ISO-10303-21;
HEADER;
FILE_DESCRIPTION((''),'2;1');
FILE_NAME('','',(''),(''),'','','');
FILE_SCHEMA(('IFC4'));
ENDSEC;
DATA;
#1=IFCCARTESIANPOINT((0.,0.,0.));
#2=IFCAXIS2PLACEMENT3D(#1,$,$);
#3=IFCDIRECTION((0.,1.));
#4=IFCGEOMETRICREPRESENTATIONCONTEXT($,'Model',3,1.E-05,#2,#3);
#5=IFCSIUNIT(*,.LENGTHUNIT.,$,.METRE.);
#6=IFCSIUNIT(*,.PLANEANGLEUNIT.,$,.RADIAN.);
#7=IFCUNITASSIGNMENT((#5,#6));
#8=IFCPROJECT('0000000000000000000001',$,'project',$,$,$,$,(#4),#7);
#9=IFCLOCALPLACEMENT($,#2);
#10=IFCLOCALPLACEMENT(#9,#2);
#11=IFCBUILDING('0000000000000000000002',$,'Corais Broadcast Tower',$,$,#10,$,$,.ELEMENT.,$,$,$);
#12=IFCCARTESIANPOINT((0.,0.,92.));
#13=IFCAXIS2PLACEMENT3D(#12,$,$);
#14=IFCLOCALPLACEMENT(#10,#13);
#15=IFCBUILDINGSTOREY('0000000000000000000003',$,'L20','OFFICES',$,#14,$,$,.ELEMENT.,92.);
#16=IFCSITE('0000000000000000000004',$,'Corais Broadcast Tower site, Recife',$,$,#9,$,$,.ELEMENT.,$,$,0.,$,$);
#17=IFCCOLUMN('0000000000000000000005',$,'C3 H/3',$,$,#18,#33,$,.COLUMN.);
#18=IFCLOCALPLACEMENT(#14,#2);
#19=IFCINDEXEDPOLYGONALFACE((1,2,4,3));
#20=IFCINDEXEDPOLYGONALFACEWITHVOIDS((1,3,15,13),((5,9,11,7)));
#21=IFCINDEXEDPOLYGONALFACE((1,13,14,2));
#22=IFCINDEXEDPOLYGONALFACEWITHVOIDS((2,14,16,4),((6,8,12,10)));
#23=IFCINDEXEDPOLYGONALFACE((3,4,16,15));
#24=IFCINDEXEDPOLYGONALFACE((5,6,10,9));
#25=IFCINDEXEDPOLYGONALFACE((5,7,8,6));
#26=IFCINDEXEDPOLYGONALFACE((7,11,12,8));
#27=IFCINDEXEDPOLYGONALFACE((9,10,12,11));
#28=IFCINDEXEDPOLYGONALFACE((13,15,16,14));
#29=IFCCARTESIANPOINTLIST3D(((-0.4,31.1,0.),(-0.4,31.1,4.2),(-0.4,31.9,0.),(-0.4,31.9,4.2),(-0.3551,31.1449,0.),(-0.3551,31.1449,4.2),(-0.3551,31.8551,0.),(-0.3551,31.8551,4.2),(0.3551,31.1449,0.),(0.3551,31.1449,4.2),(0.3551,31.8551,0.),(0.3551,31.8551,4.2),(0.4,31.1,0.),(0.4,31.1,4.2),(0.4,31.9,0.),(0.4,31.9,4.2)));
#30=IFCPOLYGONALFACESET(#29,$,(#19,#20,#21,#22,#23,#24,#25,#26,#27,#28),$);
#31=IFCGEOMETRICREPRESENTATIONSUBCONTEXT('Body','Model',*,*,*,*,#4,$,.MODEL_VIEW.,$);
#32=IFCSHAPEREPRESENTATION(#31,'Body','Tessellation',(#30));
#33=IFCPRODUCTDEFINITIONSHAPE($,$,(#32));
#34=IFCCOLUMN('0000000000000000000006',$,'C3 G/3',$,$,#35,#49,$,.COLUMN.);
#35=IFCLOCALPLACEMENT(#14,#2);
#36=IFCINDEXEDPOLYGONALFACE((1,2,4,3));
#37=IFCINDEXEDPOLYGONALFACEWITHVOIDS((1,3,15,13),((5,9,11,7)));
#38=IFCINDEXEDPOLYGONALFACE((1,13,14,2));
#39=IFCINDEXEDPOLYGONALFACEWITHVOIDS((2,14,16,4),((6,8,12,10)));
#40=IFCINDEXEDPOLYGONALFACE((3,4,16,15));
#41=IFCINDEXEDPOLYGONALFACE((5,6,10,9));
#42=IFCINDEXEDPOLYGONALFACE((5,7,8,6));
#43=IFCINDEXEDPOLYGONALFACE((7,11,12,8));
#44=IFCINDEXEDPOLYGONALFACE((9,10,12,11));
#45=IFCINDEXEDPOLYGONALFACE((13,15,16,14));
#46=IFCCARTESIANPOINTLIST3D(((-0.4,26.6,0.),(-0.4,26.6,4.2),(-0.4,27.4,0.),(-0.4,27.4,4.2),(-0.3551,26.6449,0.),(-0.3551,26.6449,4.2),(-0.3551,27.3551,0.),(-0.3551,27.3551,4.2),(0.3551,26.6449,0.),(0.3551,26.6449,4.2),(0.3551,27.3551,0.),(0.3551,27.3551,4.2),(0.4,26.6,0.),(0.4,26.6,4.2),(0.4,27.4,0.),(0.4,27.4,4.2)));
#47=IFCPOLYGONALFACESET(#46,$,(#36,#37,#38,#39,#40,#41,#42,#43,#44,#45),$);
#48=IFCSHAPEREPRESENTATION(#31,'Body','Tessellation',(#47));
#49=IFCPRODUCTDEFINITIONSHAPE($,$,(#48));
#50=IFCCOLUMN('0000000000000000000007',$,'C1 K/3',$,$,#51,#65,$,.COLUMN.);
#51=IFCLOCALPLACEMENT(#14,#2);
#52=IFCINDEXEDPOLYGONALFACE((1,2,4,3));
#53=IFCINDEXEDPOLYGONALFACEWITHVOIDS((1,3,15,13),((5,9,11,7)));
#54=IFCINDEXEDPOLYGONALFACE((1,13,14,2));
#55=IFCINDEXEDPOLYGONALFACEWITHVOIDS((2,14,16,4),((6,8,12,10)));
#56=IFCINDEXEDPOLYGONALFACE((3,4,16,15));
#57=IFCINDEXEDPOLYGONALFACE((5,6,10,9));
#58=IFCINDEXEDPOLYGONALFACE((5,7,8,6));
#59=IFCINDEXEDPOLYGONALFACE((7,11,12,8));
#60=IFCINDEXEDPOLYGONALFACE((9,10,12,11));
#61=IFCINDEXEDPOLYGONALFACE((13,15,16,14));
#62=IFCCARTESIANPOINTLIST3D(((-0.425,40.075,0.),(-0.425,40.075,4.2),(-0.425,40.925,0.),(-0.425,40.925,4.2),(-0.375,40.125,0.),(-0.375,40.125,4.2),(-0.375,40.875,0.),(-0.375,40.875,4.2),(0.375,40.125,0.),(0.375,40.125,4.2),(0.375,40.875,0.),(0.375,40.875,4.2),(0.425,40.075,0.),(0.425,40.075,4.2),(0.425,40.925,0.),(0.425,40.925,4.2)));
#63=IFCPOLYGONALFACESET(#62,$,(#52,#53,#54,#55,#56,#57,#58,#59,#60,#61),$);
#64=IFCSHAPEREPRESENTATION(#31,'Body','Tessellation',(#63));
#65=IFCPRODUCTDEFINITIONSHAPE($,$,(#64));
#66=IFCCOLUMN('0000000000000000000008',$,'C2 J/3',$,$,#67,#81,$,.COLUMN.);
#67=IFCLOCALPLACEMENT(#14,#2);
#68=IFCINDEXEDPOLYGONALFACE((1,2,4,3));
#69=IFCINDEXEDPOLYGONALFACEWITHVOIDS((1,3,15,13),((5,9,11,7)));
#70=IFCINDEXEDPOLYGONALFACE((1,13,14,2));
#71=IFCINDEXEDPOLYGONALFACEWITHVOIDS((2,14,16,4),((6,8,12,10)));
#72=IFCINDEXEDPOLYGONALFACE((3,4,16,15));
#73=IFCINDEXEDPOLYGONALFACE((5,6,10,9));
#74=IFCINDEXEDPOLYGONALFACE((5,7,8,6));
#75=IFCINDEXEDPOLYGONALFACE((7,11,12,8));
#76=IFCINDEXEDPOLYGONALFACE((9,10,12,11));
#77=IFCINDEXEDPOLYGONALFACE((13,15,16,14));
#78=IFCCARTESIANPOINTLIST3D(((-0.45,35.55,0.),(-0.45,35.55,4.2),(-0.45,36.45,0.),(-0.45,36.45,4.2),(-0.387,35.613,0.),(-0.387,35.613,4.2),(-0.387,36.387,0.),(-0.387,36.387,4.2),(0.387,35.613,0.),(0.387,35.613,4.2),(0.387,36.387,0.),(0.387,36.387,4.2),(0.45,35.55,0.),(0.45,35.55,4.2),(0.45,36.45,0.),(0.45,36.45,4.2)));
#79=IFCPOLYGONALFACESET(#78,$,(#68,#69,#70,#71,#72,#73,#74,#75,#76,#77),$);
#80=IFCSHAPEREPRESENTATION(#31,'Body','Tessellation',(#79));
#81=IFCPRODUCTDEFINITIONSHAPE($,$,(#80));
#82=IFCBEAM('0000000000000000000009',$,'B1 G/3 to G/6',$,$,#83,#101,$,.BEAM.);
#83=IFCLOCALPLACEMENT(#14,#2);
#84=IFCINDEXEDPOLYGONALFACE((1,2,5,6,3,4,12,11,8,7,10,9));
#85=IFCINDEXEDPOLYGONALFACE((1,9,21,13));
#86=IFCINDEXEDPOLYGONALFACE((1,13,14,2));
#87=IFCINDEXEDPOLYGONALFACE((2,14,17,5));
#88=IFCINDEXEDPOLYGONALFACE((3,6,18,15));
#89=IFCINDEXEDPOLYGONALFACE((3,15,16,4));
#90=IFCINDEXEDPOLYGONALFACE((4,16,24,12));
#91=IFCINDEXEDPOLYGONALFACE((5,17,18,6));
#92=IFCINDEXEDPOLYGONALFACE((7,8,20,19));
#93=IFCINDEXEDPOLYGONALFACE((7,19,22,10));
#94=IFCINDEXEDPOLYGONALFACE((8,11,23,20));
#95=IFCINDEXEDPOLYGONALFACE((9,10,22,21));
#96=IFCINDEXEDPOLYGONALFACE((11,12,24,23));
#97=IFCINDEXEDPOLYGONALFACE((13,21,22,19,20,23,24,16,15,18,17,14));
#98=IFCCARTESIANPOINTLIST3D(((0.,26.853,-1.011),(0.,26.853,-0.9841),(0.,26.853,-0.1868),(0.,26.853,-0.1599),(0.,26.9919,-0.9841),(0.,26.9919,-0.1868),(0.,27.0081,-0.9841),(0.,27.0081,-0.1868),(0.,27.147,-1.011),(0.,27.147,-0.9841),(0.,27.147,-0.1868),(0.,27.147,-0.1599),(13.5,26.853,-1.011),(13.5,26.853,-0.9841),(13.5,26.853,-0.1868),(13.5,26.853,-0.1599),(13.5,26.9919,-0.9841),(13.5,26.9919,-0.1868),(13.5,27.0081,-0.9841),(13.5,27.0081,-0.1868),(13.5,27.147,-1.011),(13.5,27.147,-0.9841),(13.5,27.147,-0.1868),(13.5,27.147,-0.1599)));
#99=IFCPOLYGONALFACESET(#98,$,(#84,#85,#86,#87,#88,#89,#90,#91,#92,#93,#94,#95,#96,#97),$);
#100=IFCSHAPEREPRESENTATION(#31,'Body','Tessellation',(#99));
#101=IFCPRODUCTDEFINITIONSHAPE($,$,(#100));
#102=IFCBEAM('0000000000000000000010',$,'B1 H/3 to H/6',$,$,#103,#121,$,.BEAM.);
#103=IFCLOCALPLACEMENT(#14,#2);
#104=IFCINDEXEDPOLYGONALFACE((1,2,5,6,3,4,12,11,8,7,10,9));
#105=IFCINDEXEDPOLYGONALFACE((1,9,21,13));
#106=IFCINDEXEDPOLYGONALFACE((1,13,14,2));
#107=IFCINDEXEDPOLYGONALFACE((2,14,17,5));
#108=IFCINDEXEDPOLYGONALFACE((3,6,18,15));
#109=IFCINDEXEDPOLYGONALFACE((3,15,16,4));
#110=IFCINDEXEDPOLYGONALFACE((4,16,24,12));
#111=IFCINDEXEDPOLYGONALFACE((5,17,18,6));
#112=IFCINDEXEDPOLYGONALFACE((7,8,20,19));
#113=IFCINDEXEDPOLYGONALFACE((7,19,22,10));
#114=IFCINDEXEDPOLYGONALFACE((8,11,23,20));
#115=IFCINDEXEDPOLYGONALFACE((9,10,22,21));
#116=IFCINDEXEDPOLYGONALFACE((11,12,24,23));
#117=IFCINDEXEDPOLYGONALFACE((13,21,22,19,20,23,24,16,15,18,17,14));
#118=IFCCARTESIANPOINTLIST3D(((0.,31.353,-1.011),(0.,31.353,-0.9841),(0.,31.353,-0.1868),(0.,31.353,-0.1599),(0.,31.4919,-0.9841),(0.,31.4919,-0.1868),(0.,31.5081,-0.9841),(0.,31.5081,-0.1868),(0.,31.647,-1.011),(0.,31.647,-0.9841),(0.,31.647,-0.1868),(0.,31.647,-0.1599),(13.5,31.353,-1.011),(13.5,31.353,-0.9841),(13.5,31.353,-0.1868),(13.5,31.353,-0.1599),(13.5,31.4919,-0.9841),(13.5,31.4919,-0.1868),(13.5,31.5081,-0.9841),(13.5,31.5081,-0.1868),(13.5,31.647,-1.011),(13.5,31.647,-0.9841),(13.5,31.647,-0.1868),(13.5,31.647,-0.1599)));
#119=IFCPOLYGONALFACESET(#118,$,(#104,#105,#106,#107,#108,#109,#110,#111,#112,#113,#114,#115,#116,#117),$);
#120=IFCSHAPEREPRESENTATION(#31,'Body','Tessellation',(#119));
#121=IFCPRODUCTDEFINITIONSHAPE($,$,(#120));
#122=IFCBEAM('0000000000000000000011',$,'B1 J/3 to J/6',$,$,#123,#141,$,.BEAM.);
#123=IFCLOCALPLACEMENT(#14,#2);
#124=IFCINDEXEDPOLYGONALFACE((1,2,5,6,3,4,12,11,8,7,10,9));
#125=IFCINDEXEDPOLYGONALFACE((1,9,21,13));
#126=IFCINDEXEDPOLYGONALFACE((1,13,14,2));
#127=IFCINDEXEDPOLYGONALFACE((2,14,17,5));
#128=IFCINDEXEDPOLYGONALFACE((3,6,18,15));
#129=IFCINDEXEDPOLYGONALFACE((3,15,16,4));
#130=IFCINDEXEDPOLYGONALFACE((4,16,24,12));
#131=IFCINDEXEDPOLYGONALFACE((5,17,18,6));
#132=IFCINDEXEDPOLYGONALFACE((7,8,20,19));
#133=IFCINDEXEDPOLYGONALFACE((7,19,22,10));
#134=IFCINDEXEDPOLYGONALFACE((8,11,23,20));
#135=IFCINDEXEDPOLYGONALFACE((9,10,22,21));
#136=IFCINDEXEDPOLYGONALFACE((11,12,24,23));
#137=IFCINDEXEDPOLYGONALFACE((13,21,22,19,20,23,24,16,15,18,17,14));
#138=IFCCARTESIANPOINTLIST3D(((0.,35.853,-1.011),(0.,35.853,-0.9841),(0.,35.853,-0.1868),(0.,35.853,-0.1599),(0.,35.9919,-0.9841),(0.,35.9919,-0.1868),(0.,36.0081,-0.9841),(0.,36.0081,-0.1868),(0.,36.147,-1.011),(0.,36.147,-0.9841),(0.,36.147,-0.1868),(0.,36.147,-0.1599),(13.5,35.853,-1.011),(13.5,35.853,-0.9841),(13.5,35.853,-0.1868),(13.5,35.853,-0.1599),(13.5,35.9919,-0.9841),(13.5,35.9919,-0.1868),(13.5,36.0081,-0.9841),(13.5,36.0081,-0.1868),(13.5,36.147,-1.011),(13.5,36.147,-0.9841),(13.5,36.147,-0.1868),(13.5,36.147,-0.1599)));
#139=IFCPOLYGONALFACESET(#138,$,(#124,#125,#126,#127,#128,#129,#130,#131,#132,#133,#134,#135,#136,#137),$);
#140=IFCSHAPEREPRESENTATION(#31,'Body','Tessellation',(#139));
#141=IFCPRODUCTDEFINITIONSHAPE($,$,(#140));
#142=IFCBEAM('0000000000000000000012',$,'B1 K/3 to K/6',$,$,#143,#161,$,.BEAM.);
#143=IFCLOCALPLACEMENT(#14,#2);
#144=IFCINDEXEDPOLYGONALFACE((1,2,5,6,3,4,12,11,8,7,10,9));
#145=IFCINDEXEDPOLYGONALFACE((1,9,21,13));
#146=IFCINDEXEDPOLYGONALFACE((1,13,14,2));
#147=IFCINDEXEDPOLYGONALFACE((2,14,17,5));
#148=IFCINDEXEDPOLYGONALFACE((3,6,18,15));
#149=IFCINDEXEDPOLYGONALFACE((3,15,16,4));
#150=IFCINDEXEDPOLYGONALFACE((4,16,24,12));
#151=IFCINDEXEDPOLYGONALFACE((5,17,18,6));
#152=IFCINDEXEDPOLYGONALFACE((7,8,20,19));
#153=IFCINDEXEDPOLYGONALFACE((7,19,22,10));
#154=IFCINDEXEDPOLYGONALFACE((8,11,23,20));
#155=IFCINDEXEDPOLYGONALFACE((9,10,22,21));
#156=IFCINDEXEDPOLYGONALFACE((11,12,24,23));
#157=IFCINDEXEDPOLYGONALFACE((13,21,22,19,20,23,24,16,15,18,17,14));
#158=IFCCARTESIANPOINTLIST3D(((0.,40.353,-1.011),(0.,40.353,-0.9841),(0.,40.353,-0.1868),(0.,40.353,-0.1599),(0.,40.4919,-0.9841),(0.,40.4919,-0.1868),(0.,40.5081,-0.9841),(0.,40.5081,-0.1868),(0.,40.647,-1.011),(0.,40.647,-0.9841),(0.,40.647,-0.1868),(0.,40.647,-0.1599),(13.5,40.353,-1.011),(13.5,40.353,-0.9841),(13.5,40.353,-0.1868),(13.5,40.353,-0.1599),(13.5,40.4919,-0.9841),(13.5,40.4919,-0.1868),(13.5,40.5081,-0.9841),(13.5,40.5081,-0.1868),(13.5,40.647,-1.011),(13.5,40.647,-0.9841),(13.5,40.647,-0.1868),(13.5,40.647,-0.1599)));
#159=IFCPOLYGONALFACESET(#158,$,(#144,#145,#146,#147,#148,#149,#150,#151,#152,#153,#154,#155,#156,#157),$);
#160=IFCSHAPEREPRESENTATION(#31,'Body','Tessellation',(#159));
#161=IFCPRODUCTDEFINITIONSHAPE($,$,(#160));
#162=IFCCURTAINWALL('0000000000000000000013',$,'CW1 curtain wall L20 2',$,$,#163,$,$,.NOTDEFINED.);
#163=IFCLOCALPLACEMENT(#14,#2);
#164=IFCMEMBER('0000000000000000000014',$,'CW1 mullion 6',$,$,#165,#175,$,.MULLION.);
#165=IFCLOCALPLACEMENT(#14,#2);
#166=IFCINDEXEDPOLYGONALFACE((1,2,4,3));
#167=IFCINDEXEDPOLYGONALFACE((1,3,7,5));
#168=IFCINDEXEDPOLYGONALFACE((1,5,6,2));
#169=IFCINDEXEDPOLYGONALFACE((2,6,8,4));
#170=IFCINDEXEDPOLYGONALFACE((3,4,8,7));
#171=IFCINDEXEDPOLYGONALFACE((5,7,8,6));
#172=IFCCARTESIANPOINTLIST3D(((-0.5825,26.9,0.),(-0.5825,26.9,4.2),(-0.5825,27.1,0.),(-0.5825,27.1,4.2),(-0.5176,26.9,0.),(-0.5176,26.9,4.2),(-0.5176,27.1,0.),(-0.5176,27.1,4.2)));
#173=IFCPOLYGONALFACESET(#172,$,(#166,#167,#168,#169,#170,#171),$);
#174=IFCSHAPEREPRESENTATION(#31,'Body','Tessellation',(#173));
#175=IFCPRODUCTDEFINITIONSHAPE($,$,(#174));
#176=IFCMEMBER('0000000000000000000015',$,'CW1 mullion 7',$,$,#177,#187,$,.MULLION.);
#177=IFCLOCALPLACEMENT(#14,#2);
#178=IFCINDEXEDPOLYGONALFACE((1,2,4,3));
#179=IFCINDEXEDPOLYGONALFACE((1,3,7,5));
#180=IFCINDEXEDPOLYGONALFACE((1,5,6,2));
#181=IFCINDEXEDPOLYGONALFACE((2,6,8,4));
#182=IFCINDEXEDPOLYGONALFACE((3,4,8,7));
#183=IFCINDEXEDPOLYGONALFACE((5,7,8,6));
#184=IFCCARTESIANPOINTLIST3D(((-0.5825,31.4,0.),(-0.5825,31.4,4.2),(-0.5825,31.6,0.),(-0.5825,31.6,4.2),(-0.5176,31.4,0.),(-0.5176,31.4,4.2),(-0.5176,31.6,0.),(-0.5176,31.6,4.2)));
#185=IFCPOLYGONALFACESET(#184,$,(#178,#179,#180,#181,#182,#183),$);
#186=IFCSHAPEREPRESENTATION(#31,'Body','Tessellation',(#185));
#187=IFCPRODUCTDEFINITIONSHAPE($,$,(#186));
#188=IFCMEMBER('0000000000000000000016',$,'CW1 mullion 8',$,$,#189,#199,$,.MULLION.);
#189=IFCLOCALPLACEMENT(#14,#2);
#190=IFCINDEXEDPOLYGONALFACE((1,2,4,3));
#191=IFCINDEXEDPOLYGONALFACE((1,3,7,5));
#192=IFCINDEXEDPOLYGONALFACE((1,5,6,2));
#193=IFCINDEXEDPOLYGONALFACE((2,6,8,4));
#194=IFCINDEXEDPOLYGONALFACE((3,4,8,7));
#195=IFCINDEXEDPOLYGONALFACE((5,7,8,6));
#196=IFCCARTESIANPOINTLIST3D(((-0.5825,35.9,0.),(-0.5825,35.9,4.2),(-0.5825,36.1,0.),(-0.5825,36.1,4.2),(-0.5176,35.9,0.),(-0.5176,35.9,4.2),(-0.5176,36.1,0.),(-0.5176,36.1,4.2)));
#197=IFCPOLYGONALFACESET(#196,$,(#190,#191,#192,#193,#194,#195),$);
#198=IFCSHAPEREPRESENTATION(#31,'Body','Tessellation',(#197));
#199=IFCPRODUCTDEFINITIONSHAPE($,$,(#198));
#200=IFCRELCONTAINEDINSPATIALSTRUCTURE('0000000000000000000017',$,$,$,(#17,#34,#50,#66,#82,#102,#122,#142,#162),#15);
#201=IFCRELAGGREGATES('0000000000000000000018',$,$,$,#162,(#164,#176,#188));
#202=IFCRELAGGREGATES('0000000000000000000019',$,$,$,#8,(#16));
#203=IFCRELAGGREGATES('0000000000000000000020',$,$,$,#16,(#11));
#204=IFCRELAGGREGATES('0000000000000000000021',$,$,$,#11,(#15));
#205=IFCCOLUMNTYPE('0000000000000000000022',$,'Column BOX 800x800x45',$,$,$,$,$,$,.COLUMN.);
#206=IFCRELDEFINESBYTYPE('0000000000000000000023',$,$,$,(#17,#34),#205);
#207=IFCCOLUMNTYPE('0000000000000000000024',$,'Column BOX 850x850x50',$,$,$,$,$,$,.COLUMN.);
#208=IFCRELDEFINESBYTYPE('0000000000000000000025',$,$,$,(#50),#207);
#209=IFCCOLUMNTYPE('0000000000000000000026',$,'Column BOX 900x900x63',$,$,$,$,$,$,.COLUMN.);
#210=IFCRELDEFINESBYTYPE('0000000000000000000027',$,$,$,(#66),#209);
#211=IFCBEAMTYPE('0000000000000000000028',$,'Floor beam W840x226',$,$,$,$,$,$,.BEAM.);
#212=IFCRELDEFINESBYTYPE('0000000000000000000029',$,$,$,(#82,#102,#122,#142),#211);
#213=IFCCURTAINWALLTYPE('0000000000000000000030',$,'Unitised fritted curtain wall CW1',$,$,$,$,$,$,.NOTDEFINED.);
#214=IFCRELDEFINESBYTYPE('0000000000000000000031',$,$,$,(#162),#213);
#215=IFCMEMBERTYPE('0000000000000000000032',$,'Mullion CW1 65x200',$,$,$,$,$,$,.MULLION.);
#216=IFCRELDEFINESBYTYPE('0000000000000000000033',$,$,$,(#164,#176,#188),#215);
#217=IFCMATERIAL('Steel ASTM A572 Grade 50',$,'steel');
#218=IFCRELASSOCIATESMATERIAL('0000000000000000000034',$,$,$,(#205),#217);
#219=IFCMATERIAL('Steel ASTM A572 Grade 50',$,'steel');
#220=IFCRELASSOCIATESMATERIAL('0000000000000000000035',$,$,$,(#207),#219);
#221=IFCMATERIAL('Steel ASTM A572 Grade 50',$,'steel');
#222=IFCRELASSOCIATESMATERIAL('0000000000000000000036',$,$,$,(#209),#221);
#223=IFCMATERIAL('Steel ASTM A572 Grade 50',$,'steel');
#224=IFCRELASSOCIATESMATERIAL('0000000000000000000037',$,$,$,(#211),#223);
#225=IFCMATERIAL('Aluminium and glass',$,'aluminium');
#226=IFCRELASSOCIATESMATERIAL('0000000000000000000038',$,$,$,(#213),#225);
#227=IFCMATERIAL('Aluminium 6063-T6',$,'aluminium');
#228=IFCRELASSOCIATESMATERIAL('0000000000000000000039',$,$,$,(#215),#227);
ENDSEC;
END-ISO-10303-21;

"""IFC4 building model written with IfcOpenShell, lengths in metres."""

from ifc_helpers import new_model, si_unit, direction, frame, origin, origin_2d, place, context, subcontext, project, spatial, rectangle, hollow_rectangle, i_section, extrude, material, material_profile, profile_set, type_object, element, aggregate, save


model = new_model("IFC4")

# Units and contexts
model_context = context("Model", 3, precision=1e-05, world=origin(), true_north=direction((0.0, 1.0)))
body_context = subcontext(model_context, "Body", "Model", "MODEL_VIEW")
ifc_project = project(units=[si_unit("LENGTHUNIT", "METRE"), si_unit("PLANEANGLEUNIT", "RADIAN")], contexts=[model_context])

# Site, building, storey
site_placement = place(None, origin())
site = spatial("IfcSite", under=ifc_project, at=site_placement, Name="Corais Broadcast Tower site, Recife", CompositionType="ELEMENT", RefElevation=0.0)
building_placement = place(site_placement, origin())
building = spatial("IfcBuilding", under=site, at=building_placement, Name="Corais Broadcast Tower", CompositionType="ELEMENT")
storey_placement = place(building_placement, frame((0.0, 0.0, 92.0)))
storey = spatial("IfcBuildingStorey", under=building, at=storey_placement, Name="L20", Description="OFFICES", CompositionType="ELEMENT", Elevation=92.0)

# Columns
ifc_material_1 = material(Name="Steel ASTM A572 Grade 50", Category="steel")
ifc_material_profile_1 = material_profile(ifc_material_1, hollow_rectangle(XDim=0.8, YDim=0.8, WallThickness=0.0449, at=origin_2d()), Name="BOX 800x800x45")
ifc_profile_set_1 = profile_set([ifc_material_profile_1], Name="Steel ASTM A572 Grade 50")
column_type_1 = type_object("IfcColumnType", Name="Column BOX 800x800x45", PredefinedType="COLUMN", material=ifc_profile_set_1)
for number, where, z_axis, x_axis, name in (
    (1, (0.0, 31.5, 0.0), (0.0, 0.0, 1.0), (1.0, 0.0, 0.0), "C3 H/3"),
    (2, (0.0, 27.0, 0.0), (0.0, 0.0, 1.0), (1.0, 0.0, 0.0), "C3 G/3"),
):
    element("IfcColumn", number, at=place(storey_placement, frame(where, z_axis=z_axis, x_axis=x_axis)), inside=storey, type_object=column_type_1, Name=name, PredefinedType="COLUMN", context=body_context, shape_type="SweptSolid", body=[
        extrude(hollow_rectangle(XDim=0.8, YDim=0.8, WallThickness=0.0449, at=origin_2d()), origin(), (0.0, 0.0, 1.0), 4.2),
    ])
ifc_material_2 = material(Name="Steel ASTM A572 Grade 50", Category="steel")
ifc_material_profile_2 = material_profile(ifc_material_2, hollow_rectangle(XDim=0.8501, YDim=0.8501, WallThickness=0.05, at=origin_2d()), Name="BOX 850x850x50")
ifc_profile_set_2 = profile_set([ifc_material_profile_2], Name="Steel ASTM A572 Grade 50")
column_type_2 = type_object("IfcColumnType", Name="Column BOX 850x850x50", PredefinedType="COLUMN", material=ifc_profile_set_2)
column_1_placement = place(storey_placement, frame((0.0, 40.5, 0.0), z_axis=(0.0, 0.0, 1.0), x_axis=(1.0, 0.0, 0.0)))
element("IfcColumn", 3, at=column_1_placement, inside=storey, type_object=column_type_2, Name="C1 K/3", PredefinedType="COLUMN", context=body_context, shape_type="SweptSolid", body=[
    extrude(hollow_rectangle(XDim=0.8501, YDim=0.8501, WallThickness=0.05, at=origin_2d()), origin(), (0.0, 0.0, 1.0), 4.2),
])
ifc_material_3 = material(Name="Steel ASTM A572 Grade 50", Category="steel")
ifc_material_profile_3 = material_profile(ifc_material_3, hollow_rectangle(XDim=0.8999, YDim=0.8999, WallThickness=0.063, at=origin_2d()), Name="BOX 900x900x63")
ifc_profile_set_3 = profile_set([ifc_material_profile_3], Name="Steel ASTM A572 Grade 50")
column_type_3 = type_object("IfcColumnType", Name="Column BOX 900x900x63", PredefinedType="COLUMN", material=ifc_profile_set_3)
column_2_placement = place(storey_placement, frame((0.0, 36.0, 0.0), z_axis=(0.0, 0.0, 1.0), x_axis=(1.0, 0.0, 0.0)))
element("IfcColumn", 4, at=column_2_placement, inside=storey, type_object=column_type_3, Name="C2 J/3", PredefinedType="COLUMN", context=body_context, shape_type="SweptSolid", body=[
    extrude(hollow_rectangle(XDim=0.8999, YDim=0.8999, WallThickness=0.063, at=origin_2d()), origin(), (0.0, 0.0, 1.0), 4.2),
])

# Beams
ifc_material_4 = material(Name="Steel ASTM A572 Grade 50", Category="steel")
ifc_material_profile_4 = material_profile(ifc_material_4, i_section(OverallWidth=0.2939, OverallDepth=0.8511, WebThickness=0.0161, FlangeThickness=0.0269, at=origin_2d()), Name="W840x226")
ifc_profile_set_4 = profile_set([ifc_material_profile_4], Name="Steel ASTM A572 Grade 50")
beam_type_1 = type_object("IfcBeamType", Name="Floor beam W840x226", PredefinedType="BEAM", material=ifc_profile_set_4)
for number, where, z_axis, x_axis, name in (
    (5, (0.0, 27.0, -0.5854), (1.0, 0.0, 0.0), (0.0, 1.0, 0.0), "B1 G/3 to G/6"),
    (6, (0.0, 31.5, -0.5854), (1.0, 0.0, 0.0), (0.0, 1.0, 0.0), "B1 H/3 to H/6"),
    (7, (0.0, 36.0, -0.5854), (1.0, 0.0, 0.0), (0.0, 1.0, 0.0), "B1 J/3 to J/6"),
    (8, (0.0, 40.5, -0.5854), (1.0, 0.0, 0.0), (0.0, 1.0, 0.0), "B1 K/3 to K/6"),
):
    element("IfcBeam", number, at=place(storey_placement, frame(where, z_axis=z_axis, x_axis=x_axis)), inside=storey, type_object=beam_type_1, Name=name, PredefinedType="BEAM", context=body_context, shape_type="SweptSolid", body=[
        extrude(i_section(OverallWidth=0.2939, OverallDepth=0.8511, WebThickness=0.0161, FlangeThickness=0.0269, at=origin_2d()), origin(), (0.0, 0.0, 1.0), 13.5),
    ])

# Curtain wall, members
ifc_material_5 = material(Name="Aluminium and glass", Category="aluminium")
curtain_wall_type = type_object("IfcCurtainWallType", Name="Unitised fritted curtain wall CW1", PredefinedType="NOTDEFINED", material=ifc_material_5)
curtain_wall_placement = place(storey_placement, origin())
curtain_wall = element("IfcCurtainWall", 9, at=curtain_wall_placement, inside=storey, type_object=curtain_wall_type, Name="CW1 curtain wall L20 2", PredefinedType="NOTDEFINED")
ifc_material_6 = material(Name="Aluminium 6063-T6", Category="aluminium")
ifc_material_profile_5 = material_profile(ifc_material_6, rectangle(XDim=0.0649, YDim=0.2, at=origin_2d()), Name="Mullion CW1 65x200")
ifc_profile_set_5 = profile_set([ifc_material_profile_5], Name="Aluminium 6063-T6")
member_type_1 = type_object("IfcMemberType", Name="Mullion CW1 65x200", PredefinedType="MULLION", material=ifc_profile_set_5)
member_1_placement = place(storey_placement, frame((-0.55, 27.0, 0.0), z_axis=(0.0, 0.0, 1.0), x_axis=(-1.0, 0.0, 0.0)))
member_1 = element("IfcMember", 10, at=member_1_placement, type_object=member_type_1, Name="CW1 mullion 6", PredefinedType="MULLION", context=body_context, shape_type="SweptSolid", body=[
    extrude(rectangle(XDim=0.0649, YDim=0.2, at=origin_2d()), origin(), (0.0, 0.0, 1.0), 4.2),
])
member_2_placement = place(storey_placement, frame((-0.55, 31.5, 0.0), z_axis=(0.0, 0.0, 1.0), x_axis=(-1.0, 0.0, 0.0)))
member_2 = element("IfcMember", 11, at=member_2_placement, type_object=member_type_1, Name="CW1 mullion 7", PredefinedType="MULLION", context=body_context, shape_type="SweptSolid", body=[
    extrude(rectangle(XDim=0.0649, YDim=0.2, at=origin_2d()), origin(), (0.0, 0.0, 1.0), 4.2),
])
member_3_placement = place(storey_placement, frame((-0.55, 36.0, 0.0), z_axis=(0.0, 0.0, 1.0), x_axis=(-1.0, 0.0, 0.0)))
member_3 = element("IfcMember", 12, at=member_3_placement, type_object=member_type_1, Name="CW1 mullion 8", PredefinedType="MULLION", context=body_context, shape_type="SweptSolid", body=[
    extrude(rectangle(XDim=0.0649, YDim=0.2, at=origin_2d()), origin(), (0.0, 0.0, 1.0), 4.2),
])

aggregate(curtain_wall, [member_1, member_2, member_3])

save(model, "model.ifc")
